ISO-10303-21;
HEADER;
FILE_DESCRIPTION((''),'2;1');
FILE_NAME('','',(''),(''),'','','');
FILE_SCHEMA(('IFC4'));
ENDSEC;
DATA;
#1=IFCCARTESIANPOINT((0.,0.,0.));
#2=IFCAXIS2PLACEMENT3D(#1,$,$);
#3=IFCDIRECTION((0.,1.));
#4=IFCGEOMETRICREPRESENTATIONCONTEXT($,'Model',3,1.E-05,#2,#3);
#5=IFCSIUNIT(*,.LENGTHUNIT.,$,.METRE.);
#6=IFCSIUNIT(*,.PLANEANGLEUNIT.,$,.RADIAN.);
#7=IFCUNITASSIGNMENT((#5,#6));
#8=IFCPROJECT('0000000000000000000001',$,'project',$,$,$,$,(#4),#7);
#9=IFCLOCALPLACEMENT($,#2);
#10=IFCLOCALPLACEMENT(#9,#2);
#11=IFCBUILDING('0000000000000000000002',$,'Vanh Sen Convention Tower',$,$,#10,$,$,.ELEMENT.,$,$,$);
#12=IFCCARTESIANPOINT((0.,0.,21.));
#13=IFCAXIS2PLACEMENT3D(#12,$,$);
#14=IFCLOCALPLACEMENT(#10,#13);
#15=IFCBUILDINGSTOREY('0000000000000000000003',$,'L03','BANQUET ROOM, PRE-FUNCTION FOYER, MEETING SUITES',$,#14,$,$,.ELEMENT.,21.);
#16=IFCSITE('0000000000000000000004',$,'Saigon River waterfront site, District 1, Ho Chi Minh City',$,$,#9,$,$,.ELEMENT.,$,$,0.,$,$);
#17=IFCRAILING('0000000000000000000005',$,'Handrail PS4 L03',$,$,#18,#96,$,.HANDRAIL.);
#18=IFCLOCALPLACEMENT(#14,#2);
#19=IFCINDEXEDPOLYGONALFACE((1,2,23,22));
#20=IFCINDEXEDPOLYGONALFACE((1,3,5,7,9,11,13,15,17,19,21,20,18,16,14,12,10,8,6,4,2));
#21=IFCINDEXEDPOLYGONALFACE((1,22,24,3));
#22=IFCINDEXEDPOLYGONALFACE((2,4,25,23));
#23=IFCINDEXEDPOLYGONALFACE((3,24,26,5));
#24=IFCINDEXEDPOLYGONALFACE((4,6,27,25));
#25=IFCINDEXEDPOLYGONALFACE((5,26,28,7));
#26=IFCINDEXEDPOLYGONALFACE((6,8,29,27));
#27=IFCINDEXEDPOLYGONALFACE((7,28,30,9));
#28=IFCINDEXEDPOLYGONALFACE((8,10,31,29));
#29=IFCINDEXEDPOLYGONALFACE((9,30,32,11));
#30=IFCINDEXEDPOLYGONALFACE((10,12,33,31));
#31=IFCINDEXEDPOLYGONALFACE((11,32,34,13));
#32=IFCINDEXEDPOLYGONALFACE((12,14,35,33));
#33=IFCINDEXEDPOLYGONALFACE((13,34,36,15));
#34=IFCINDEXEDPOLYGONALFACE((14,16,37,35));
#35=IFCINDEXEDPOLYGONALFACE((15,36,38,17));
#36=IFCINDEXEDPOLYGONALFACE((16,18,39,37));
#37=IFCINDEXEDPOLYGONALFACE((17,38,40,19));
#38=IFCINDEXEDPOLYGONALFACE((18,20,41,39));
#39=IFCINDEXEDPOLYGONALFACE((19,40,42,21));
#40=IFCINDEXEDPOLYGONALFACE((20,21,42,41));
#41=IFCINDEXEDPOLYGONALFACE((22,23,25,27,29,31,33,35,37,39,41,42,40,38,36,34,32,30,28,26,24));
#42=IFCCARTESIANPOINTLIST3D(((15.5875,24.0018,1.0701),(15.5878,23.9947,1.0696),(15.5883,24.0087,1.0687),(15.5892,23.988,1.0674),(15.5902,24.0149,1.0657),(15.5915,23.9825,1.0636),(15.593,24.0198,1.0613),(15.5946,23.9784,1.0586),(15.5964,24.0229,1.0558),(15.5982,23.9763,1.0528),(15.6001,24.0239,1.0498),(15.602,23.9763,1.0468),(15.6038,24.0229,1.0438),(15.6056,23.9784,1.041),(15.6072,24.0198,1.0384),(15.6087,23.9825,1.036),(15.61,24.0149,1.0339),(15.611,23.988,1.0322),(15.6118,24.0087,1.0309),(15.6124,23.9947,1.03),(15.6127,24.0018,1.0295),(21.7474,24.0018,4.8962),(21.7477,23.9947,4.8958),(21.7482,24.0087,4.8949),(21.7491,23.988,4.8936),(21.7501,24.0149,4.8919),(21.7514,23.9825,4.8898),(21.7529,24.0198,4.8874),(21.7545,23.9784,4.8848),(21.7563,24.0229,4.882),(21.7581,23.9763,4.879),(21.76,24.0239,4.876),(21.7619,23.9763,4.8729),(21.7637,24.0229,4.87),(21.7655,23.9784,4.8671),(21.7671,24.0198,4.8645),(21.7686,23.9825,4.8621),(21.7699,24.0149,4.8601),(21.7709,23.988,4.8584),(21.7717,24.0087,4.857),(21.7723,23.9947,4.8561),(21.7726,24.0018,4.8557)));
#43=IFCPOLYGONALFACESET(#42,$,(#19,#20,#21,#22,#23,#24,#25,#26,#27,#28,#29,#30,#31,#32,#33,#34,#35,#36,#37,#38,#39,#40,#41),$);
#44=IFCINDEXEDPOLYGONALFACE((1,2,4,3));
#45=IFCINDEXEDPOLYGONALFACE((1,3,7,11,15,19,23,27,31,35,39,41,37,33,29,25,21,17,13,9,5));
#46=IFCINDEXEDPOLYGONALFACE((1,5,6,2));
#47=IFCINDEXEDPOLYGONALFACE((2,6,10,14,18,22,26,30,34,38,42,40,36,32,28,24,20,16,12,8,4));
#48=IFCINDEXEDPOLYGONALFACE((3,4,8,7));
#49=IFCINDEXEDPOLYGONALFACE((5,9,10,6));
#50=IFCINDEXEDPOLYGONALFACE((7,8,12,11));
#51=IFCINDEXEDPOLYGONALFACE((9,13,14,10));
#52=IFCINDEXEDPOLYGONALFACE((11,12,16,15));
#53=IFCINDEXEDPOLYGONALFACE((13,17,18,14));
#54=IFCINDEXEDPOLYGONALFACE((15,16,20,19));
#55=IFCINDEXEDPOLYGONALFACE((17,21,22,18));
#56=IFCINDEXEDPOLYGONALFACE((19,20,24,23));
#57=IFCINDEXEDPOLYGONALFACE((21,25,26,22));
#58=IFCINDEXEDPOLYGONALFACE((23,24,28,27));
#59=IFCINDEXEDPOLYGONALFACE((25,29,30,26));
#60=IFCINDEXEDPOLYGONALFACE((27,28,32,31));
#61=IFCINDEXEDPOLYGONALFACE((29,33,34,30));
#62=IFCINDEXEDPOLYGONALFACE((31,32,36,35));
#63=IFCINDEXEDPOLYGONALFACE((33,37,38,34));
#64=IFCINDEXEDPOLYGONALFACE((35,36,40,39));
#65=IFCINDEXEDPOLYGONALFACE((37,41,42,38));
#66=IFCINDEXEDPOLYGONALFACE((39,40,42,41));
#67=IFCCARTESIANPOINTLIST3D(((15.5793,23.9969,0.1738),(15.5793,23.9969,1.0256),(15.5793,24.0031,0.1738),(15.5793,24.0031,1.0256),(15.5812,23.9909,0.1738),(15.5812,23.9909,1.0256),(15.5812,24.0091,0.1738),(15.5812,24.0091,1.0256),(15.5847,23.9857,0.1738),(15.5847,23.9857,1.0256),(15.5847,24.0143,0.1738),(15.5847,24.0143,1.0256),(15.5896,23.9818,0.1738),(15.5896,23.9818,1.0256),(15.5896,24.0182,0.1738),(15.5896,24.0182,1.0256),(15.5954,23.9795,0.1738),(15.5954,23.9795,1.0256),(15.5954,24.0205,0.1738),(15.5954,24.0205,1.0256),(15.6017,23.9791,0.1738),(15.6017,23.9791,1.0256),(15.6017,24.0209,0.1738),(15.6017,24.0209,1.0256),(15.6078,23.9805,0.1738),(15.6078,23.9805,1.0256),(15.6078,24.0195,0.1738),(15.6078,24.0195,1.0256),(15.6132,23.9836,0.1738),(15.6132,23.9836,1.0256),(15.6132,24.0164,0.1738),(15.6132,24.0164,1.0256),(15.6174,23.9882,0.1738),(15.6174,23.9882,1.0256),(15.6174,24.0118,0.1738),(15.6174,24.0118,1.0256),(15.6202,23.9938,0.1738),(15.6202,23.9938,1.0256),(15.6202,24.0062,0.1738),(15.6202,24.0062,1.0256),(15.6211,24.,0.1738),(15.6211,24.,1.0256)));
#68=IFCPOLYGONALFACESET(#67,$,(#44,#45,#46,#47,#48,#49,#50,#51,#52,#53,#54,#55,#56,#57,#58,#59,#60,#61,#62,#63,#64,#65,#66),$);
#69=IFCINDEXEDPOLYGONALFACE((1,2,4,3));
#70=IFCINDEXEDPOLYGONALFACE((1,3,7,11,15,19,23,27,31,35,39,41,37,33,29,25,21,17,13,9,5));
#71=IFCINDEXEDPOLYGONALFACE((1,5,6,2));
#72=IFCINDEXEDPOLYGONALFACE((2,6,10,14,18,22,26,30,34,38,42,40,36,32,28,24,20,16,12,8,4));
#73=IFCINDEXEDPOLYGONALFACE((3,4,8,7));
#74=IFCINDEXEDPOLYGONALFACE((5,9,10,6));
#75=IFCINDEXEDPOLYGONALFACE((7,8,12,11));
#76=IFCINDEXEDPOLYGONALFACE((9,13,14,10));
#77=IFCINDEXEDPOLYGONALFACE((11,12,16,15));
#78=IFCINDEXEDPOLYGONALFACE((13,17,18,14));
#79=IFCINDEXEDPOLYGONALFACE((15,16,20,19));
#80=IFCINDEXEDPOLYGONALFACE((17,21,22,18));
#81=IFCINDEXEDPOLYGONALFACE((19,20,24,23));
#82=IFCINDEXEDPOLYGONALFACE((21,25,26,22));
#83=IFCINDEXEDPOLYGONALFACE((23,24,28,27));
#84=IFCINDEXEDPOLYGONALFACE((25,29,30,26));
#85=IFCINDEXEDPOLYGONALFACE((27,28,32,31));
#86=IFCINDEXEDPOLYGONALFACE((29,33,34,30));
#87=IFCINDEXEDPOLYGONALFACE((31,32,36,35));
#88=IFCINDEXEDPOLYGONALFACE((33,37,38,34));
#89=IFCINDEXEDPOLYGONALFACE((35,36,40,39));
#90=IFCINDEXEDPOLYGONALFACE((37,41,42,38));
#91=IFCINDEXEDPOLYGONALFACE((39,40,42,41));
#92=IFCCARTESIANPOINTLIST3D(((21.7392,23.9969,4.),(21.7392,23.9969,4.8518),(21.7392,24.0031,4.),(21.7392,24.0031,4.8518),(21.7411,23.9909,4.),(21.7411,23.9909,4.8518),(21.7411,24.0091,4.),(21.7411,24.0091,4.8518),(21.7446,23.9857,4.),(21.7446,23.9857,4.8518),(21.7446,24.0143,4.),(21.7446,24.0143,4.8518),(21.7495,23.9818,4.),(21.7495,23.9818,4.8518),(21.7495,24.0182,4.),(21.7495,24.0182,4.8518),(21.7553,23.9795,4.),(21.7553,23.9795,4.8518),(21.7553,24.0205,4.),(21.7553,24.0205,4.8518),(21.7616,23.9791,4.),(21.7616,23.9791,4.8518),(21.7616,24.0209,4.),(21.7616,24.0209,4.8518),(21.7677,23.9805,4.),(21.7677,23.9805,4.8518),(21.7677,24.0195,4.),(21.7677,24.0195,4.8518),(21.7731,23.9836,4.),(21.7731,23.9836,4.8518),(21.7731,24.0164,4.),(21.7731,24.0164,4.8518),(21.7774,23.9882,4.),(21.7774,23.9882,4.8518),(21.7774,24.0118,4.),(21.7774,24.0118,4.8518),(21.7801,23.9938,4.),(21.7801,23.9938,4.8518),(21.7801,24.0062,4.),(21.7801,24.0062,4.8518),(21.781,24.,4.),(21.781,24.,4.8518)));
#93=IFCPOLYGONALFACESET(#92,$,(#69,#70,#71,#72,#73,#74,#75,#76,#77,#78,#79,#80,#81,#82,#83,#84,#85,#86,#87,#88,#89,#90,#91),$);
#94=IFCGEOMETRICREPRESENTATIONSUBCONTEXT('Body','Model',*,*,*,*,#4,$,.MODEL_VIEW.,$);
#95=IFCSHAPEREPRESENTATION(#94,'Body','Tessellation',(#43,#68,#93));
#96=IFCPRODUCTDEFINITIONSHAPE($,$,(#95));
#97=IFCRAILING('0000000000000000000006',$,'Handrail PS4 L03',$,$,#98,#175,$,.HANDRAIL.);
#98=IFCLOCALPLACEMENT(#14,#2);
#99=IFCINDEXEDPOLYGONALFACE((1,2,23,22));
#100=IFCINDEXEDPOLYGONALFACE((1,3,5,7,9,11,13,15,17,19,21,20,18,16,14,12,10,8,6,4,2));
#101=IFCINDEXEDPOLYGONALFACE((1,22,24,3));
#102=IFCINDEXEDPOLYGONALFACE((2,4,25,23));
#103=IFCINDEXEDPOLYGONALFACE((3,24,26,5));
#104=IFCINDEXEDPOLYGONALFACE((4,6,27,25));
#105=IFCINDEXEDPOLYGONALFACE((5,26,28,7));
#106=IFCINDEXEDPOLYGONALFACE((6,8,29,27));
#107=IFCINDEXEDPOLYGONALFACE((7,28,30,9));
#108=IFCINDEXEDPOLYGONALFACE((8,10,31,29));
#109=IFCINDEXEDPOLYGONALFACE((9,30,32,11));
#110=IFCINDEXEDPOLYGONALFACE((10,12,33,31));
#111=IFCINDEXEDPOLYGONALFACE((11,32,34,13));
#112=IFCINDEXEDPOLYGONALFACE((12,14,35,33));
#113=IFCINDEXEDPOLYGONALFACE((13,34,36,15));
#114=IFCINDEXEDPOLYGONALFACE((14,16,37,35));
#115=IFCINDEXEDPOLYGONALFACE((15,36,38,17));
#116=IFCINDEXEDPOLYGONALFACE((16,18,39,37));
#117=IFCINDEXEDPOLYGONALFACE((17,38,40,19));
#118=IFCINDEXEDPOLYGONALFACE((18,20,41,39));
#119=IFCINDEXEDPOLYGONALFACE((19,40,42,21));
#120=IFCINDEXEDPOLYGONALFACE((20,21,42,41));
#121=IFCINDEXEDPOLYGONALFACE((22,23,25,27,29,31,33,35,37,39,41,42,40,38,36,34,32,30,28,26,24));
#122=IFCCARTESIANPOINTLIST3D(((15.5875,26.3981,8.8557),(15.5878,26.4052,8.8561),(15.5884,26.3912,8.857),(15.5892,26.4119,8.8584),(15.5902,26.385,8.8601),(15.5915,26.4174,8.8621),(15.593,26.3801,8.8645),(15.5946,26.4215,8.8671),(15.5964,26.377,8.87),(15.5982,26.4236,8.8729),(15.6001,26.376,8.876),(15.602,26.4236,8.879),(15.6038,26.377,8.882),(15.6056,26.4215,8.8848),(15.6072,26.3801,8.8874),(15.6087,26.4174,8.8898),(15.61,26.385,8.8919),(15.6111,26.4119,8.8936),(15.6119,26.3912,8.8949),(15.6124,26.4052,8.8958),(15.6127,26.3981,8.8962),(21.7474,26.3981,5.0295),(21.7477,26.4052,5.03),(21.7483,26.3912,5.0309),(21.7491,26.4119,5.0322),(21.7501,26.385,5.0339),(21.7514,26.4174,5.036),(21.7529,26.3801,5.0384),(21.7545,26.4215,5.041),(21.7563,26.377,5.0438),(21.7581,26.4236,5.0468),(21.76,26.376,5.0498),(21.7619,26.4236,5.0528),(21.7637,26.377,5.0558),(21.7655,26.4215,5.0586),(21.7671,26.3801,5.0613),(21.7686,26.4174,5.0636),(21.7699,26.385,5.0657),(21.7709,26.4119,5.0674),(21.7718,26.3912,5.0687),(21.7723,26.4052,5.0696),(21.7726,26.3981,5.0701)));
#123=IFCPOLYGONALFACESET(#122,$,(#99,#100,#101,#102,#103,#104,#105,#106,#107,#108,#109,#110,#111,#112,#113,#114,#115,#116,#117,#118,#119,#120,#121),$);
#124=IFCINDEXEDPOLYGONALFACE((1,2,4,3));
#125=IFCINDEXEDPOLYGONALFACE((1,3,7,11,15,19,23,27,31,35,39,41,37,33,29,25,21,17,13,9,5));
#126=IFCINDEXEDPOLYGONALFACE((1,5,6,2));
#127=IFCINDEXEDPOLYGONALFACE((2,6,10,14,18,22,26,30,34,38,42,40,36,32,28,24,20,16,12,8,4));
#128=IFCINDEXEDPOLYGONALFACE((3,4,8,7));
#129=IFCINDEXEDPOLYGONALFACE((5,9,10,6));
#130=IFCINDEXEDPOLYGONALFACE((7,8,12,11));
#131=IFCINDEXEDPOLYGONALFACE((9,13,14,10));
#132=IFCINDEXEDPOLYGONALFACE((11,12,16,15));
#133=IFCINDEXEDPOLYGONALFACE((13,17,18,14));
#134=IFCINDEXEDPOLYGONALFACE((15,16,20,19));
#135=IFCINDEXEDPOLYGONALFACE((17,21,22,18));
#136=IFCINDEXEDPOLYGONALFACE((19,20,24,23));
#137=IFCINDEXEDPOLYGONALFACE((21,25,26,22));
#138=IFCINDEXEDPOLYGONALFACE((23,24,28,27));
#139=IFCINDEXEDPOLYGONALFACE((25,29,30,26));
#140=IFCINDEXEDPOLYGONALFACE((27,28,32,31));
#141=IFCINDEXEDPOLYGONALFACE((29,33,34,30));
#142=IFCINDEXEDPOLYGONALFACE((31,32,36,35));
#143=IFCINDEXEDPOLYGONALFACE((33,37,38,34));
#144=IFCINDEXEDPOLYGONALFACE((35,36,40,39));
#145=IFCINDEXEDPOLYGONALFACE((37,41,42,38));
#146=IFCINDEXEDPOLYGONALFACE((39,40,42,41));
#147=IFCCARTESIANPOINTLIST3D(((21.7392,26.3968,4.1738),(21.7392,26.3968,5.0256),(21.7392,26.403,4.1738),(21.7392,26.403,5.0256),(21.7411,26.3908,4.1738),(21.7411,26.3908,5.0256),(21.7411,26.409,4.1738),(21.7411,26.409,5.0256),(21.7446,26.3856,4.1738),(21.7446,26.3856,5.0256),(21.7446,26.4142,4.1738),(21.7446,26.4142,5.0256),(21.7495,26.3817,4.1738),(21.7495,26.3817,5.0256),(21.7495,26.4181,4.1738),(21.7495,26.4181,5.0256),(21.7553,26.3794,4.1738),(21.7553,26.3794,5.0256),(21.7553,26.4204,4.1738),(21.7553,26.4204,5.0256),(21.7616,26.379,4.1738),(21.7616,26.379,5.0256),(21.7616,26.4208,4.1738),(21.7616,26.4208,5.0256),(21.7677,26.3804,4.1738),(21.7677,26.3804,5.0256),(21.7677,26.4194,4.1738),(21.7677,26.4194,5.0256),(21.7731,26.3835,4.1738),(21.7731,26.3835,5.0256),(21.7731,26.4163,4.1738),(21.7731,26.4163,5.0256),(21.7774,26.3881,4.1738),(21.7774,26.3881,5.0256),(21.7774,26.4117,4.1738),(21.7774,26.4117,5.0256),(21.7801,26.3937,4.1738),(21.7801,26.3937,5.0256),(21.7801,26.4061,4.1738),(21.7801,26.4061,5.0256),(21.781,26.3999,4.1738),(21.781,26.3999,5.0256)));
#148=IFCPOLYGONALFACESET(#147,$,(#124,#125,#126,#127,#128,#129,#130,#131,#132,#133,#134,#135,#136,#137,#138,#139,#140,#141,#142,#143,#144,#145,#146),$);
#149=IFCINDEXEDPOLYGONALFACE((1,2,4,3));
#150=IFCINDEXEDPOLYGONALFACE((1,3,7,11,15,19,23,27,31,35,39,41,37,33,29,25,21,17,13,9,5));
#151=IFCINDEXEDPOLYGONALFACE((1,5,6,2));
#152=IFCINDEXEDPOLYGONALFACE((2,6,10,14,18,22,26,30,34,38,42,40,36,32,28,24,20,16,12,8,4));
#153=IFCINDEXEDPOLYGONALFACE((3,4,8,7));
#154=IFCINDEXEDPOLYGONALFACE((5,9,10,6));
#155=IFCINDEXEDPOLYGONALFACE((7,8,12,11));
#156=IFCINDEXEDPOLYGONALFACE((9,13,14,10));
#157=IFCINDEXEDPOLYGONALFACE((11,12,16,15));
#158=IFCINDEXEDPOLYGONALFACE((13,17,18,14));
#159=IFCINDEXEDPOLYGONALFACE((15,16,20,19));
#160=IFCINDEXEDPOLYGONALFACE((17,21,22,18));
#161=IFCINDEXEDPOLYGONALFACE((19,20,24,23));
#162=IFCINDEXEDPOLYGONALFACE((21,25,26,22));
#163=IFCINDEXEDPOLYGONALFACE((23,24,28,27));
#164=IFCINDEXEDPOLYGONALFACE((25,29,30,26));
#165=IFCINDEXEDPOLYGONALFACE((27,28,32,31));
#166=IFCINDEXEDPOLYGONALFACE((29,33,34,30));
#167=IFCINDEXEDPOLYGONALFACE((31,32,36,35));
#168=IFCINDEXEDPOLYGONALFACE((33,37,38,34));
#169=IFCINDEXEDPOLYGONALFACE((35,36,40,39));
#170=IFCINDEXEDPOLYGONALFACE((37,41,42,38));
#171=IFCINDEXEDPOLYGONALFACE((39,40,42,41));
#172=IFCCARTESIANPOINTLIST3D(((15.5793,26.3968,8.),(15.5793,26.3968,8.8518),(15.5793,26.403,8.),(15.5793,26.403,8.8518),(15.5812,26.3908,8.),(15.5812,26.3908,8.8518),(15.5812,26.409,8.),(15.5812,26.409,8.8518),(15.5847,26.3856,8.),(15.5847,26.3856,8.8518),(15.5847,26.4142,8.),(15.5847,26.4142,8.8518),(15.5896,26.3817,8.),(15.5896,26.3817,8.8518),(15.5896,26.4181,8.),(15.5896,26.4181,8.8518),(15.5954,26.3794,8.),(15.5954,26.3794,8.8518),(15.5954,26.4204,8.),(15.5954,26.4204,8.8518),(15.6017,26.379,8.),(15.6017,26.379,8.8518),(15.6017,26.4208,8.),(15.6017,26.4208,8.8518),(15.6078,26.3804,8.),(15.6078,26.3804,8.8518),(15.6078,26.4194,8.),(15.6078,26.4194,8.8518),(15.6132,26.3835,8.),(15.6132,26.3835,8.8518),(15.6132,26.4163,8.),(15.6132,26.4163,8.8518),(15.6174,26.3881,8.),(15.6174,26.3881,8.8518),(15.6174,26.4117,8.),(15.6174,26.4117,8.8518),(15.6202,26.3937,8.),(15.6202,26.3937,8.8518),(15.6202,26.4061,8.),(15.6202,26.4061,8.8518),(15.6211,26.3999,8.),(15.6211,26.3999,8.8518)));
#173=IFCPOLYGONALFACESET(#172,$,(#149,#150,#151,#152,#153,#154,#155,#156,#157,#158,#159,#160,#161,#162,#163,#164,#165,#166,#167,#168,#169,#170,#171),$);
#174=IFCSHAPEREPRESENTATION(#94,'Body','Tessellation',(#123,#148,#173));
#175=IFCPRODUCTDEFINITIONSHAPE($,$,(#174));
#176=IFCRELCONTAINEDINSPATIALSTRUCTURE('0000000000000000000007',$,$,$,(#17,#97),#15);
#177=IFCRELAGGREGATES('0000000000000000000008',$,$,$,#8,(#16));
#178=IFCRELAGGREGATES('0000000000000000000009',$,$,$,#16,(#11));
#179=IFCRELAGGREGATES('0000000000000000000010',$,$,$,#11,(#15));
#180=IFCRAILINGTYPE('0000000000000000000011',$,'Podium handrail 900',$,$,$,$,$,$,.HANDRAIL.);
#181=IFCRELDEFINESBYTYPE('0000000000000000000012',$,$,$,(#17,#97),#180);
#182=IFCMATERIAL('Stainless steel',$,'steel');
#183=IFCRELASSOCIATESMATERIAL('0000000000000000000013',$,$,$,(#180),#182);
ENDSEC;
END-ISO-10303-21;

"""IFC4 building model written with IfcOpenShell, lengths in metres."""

from ifc_helpers import new_model, si_unit, direction, frame, origin, origin_2d, place, context, subcontext, project, spatial, circle, extrude, material, type_object, element, save


model = new_model("IFC4")

# Units and contexts
model_context = context("Model", 3, precision=1e-05, world=origin(), true_north=direction((0.0, 1.0)))
body_context = subcontext(model_context, "Body", "Model", "MODEL_VIEW")
ifc_project = project(units=[si_unit("LENGTHUNIT", "METRE"), si_unit("PLANEANGLEUNIT", "RADIAN")], contexts=[model_context])

# Site, building, storey
site_placement = place(None, origin())
site = spatial("IfcSite", under=ifc_project, at=site_placement, Name="Saigon River waterfront site, District 1, Ho Chi Minh City", CompositionType="ELEMENT", RefElevation=0.0)
building_placement = place(site_placement, origin())
building = spatial("IfcBuilding", under=site, at=building_placement, Name="Vanh Sen Convention Tower", CompositionType="ELEMENT")
storey_placement = place(building_placement, frame((0.0, 0.0, 21.0)))
storey = spatial("IfcBuildingStorey", under=building, at=storey_placement, Name="L03", Description="BANQUET ROOM, PRE-FUNCTION FOYER, MEETING SUITES", CompositionType="ELEMENT", Elevation=21.0)

# Railings
ifc_material_1 = material(Name="Stainless steel", Category="steel")
railing_type = type_object("IfcRailingType", Name="Podium handrail 900", PredefinedType="HANDRAIL", material=ifc_material_1)
for number, where, name in (
    (1, (15.6001, 24.0, 0.1738), "Handrail PS4 L03"),
):
    element("IfcRailing", number, at=place(storey_placement, frame(where)), inside=storey, type_object=railing_type, Name=name, PredefinedType="HANDRAIL", context=body_context, shape_type="SweptSolid", body=[
        extrude(circle(Radius=0.0239, at=origin_2d()), frame((0.0, 0.0, 0.876), z_axis=(0.849468, 0.0, 0.527639), x_axis=(0.0, 1.0, 0.0)), (0.0, 0.0, 1.0), 7.2515),
        extrude(circle(Radius=0.021, at=origin_2d()), origin(), (0.0, 0.0, 1.0), 0.8518),
        extrude(circle(Radius=0.021, at=origin_2d()), frame((6.1599, 0.0, 3.8262)), (0.0, 0.0, 1.0), 0.8518),
    ])
for number, where, name in (
    (2, (21.76, 26.3999, 4.1738), "Handrail PS4 L03"),
):
    element("IfcRailing", number, at=place(storey_placement, frame(where)), inside=storey, type_object=railing_type, Name=name, PredefinedType="HANDRAIL", context=body_context, shape_type="SweptSolid", body=[
        extrude(circle(Radius=0.0239, at=origin_2d()), frame((0.0, 0.0, 0.876), z_axis=(-0.849468, 0.0, 0.527639), x_axis=(0.0, -1.0, 0.0)), (0.0, 0.0, 1.0), 7.2515),
        extrude(circle(Radius=0.021, at=origin_2d()), origin(), (0.0, 0.0, 1.0), 0.8518),
        extrude(circle(Radius=0.021, at=origin_2d()), frame((-6.1599, 0.0, 3.8262)), (0.0, 0.0, 1.0), 0.8518),
    ])

save(model, "model.ifc")
